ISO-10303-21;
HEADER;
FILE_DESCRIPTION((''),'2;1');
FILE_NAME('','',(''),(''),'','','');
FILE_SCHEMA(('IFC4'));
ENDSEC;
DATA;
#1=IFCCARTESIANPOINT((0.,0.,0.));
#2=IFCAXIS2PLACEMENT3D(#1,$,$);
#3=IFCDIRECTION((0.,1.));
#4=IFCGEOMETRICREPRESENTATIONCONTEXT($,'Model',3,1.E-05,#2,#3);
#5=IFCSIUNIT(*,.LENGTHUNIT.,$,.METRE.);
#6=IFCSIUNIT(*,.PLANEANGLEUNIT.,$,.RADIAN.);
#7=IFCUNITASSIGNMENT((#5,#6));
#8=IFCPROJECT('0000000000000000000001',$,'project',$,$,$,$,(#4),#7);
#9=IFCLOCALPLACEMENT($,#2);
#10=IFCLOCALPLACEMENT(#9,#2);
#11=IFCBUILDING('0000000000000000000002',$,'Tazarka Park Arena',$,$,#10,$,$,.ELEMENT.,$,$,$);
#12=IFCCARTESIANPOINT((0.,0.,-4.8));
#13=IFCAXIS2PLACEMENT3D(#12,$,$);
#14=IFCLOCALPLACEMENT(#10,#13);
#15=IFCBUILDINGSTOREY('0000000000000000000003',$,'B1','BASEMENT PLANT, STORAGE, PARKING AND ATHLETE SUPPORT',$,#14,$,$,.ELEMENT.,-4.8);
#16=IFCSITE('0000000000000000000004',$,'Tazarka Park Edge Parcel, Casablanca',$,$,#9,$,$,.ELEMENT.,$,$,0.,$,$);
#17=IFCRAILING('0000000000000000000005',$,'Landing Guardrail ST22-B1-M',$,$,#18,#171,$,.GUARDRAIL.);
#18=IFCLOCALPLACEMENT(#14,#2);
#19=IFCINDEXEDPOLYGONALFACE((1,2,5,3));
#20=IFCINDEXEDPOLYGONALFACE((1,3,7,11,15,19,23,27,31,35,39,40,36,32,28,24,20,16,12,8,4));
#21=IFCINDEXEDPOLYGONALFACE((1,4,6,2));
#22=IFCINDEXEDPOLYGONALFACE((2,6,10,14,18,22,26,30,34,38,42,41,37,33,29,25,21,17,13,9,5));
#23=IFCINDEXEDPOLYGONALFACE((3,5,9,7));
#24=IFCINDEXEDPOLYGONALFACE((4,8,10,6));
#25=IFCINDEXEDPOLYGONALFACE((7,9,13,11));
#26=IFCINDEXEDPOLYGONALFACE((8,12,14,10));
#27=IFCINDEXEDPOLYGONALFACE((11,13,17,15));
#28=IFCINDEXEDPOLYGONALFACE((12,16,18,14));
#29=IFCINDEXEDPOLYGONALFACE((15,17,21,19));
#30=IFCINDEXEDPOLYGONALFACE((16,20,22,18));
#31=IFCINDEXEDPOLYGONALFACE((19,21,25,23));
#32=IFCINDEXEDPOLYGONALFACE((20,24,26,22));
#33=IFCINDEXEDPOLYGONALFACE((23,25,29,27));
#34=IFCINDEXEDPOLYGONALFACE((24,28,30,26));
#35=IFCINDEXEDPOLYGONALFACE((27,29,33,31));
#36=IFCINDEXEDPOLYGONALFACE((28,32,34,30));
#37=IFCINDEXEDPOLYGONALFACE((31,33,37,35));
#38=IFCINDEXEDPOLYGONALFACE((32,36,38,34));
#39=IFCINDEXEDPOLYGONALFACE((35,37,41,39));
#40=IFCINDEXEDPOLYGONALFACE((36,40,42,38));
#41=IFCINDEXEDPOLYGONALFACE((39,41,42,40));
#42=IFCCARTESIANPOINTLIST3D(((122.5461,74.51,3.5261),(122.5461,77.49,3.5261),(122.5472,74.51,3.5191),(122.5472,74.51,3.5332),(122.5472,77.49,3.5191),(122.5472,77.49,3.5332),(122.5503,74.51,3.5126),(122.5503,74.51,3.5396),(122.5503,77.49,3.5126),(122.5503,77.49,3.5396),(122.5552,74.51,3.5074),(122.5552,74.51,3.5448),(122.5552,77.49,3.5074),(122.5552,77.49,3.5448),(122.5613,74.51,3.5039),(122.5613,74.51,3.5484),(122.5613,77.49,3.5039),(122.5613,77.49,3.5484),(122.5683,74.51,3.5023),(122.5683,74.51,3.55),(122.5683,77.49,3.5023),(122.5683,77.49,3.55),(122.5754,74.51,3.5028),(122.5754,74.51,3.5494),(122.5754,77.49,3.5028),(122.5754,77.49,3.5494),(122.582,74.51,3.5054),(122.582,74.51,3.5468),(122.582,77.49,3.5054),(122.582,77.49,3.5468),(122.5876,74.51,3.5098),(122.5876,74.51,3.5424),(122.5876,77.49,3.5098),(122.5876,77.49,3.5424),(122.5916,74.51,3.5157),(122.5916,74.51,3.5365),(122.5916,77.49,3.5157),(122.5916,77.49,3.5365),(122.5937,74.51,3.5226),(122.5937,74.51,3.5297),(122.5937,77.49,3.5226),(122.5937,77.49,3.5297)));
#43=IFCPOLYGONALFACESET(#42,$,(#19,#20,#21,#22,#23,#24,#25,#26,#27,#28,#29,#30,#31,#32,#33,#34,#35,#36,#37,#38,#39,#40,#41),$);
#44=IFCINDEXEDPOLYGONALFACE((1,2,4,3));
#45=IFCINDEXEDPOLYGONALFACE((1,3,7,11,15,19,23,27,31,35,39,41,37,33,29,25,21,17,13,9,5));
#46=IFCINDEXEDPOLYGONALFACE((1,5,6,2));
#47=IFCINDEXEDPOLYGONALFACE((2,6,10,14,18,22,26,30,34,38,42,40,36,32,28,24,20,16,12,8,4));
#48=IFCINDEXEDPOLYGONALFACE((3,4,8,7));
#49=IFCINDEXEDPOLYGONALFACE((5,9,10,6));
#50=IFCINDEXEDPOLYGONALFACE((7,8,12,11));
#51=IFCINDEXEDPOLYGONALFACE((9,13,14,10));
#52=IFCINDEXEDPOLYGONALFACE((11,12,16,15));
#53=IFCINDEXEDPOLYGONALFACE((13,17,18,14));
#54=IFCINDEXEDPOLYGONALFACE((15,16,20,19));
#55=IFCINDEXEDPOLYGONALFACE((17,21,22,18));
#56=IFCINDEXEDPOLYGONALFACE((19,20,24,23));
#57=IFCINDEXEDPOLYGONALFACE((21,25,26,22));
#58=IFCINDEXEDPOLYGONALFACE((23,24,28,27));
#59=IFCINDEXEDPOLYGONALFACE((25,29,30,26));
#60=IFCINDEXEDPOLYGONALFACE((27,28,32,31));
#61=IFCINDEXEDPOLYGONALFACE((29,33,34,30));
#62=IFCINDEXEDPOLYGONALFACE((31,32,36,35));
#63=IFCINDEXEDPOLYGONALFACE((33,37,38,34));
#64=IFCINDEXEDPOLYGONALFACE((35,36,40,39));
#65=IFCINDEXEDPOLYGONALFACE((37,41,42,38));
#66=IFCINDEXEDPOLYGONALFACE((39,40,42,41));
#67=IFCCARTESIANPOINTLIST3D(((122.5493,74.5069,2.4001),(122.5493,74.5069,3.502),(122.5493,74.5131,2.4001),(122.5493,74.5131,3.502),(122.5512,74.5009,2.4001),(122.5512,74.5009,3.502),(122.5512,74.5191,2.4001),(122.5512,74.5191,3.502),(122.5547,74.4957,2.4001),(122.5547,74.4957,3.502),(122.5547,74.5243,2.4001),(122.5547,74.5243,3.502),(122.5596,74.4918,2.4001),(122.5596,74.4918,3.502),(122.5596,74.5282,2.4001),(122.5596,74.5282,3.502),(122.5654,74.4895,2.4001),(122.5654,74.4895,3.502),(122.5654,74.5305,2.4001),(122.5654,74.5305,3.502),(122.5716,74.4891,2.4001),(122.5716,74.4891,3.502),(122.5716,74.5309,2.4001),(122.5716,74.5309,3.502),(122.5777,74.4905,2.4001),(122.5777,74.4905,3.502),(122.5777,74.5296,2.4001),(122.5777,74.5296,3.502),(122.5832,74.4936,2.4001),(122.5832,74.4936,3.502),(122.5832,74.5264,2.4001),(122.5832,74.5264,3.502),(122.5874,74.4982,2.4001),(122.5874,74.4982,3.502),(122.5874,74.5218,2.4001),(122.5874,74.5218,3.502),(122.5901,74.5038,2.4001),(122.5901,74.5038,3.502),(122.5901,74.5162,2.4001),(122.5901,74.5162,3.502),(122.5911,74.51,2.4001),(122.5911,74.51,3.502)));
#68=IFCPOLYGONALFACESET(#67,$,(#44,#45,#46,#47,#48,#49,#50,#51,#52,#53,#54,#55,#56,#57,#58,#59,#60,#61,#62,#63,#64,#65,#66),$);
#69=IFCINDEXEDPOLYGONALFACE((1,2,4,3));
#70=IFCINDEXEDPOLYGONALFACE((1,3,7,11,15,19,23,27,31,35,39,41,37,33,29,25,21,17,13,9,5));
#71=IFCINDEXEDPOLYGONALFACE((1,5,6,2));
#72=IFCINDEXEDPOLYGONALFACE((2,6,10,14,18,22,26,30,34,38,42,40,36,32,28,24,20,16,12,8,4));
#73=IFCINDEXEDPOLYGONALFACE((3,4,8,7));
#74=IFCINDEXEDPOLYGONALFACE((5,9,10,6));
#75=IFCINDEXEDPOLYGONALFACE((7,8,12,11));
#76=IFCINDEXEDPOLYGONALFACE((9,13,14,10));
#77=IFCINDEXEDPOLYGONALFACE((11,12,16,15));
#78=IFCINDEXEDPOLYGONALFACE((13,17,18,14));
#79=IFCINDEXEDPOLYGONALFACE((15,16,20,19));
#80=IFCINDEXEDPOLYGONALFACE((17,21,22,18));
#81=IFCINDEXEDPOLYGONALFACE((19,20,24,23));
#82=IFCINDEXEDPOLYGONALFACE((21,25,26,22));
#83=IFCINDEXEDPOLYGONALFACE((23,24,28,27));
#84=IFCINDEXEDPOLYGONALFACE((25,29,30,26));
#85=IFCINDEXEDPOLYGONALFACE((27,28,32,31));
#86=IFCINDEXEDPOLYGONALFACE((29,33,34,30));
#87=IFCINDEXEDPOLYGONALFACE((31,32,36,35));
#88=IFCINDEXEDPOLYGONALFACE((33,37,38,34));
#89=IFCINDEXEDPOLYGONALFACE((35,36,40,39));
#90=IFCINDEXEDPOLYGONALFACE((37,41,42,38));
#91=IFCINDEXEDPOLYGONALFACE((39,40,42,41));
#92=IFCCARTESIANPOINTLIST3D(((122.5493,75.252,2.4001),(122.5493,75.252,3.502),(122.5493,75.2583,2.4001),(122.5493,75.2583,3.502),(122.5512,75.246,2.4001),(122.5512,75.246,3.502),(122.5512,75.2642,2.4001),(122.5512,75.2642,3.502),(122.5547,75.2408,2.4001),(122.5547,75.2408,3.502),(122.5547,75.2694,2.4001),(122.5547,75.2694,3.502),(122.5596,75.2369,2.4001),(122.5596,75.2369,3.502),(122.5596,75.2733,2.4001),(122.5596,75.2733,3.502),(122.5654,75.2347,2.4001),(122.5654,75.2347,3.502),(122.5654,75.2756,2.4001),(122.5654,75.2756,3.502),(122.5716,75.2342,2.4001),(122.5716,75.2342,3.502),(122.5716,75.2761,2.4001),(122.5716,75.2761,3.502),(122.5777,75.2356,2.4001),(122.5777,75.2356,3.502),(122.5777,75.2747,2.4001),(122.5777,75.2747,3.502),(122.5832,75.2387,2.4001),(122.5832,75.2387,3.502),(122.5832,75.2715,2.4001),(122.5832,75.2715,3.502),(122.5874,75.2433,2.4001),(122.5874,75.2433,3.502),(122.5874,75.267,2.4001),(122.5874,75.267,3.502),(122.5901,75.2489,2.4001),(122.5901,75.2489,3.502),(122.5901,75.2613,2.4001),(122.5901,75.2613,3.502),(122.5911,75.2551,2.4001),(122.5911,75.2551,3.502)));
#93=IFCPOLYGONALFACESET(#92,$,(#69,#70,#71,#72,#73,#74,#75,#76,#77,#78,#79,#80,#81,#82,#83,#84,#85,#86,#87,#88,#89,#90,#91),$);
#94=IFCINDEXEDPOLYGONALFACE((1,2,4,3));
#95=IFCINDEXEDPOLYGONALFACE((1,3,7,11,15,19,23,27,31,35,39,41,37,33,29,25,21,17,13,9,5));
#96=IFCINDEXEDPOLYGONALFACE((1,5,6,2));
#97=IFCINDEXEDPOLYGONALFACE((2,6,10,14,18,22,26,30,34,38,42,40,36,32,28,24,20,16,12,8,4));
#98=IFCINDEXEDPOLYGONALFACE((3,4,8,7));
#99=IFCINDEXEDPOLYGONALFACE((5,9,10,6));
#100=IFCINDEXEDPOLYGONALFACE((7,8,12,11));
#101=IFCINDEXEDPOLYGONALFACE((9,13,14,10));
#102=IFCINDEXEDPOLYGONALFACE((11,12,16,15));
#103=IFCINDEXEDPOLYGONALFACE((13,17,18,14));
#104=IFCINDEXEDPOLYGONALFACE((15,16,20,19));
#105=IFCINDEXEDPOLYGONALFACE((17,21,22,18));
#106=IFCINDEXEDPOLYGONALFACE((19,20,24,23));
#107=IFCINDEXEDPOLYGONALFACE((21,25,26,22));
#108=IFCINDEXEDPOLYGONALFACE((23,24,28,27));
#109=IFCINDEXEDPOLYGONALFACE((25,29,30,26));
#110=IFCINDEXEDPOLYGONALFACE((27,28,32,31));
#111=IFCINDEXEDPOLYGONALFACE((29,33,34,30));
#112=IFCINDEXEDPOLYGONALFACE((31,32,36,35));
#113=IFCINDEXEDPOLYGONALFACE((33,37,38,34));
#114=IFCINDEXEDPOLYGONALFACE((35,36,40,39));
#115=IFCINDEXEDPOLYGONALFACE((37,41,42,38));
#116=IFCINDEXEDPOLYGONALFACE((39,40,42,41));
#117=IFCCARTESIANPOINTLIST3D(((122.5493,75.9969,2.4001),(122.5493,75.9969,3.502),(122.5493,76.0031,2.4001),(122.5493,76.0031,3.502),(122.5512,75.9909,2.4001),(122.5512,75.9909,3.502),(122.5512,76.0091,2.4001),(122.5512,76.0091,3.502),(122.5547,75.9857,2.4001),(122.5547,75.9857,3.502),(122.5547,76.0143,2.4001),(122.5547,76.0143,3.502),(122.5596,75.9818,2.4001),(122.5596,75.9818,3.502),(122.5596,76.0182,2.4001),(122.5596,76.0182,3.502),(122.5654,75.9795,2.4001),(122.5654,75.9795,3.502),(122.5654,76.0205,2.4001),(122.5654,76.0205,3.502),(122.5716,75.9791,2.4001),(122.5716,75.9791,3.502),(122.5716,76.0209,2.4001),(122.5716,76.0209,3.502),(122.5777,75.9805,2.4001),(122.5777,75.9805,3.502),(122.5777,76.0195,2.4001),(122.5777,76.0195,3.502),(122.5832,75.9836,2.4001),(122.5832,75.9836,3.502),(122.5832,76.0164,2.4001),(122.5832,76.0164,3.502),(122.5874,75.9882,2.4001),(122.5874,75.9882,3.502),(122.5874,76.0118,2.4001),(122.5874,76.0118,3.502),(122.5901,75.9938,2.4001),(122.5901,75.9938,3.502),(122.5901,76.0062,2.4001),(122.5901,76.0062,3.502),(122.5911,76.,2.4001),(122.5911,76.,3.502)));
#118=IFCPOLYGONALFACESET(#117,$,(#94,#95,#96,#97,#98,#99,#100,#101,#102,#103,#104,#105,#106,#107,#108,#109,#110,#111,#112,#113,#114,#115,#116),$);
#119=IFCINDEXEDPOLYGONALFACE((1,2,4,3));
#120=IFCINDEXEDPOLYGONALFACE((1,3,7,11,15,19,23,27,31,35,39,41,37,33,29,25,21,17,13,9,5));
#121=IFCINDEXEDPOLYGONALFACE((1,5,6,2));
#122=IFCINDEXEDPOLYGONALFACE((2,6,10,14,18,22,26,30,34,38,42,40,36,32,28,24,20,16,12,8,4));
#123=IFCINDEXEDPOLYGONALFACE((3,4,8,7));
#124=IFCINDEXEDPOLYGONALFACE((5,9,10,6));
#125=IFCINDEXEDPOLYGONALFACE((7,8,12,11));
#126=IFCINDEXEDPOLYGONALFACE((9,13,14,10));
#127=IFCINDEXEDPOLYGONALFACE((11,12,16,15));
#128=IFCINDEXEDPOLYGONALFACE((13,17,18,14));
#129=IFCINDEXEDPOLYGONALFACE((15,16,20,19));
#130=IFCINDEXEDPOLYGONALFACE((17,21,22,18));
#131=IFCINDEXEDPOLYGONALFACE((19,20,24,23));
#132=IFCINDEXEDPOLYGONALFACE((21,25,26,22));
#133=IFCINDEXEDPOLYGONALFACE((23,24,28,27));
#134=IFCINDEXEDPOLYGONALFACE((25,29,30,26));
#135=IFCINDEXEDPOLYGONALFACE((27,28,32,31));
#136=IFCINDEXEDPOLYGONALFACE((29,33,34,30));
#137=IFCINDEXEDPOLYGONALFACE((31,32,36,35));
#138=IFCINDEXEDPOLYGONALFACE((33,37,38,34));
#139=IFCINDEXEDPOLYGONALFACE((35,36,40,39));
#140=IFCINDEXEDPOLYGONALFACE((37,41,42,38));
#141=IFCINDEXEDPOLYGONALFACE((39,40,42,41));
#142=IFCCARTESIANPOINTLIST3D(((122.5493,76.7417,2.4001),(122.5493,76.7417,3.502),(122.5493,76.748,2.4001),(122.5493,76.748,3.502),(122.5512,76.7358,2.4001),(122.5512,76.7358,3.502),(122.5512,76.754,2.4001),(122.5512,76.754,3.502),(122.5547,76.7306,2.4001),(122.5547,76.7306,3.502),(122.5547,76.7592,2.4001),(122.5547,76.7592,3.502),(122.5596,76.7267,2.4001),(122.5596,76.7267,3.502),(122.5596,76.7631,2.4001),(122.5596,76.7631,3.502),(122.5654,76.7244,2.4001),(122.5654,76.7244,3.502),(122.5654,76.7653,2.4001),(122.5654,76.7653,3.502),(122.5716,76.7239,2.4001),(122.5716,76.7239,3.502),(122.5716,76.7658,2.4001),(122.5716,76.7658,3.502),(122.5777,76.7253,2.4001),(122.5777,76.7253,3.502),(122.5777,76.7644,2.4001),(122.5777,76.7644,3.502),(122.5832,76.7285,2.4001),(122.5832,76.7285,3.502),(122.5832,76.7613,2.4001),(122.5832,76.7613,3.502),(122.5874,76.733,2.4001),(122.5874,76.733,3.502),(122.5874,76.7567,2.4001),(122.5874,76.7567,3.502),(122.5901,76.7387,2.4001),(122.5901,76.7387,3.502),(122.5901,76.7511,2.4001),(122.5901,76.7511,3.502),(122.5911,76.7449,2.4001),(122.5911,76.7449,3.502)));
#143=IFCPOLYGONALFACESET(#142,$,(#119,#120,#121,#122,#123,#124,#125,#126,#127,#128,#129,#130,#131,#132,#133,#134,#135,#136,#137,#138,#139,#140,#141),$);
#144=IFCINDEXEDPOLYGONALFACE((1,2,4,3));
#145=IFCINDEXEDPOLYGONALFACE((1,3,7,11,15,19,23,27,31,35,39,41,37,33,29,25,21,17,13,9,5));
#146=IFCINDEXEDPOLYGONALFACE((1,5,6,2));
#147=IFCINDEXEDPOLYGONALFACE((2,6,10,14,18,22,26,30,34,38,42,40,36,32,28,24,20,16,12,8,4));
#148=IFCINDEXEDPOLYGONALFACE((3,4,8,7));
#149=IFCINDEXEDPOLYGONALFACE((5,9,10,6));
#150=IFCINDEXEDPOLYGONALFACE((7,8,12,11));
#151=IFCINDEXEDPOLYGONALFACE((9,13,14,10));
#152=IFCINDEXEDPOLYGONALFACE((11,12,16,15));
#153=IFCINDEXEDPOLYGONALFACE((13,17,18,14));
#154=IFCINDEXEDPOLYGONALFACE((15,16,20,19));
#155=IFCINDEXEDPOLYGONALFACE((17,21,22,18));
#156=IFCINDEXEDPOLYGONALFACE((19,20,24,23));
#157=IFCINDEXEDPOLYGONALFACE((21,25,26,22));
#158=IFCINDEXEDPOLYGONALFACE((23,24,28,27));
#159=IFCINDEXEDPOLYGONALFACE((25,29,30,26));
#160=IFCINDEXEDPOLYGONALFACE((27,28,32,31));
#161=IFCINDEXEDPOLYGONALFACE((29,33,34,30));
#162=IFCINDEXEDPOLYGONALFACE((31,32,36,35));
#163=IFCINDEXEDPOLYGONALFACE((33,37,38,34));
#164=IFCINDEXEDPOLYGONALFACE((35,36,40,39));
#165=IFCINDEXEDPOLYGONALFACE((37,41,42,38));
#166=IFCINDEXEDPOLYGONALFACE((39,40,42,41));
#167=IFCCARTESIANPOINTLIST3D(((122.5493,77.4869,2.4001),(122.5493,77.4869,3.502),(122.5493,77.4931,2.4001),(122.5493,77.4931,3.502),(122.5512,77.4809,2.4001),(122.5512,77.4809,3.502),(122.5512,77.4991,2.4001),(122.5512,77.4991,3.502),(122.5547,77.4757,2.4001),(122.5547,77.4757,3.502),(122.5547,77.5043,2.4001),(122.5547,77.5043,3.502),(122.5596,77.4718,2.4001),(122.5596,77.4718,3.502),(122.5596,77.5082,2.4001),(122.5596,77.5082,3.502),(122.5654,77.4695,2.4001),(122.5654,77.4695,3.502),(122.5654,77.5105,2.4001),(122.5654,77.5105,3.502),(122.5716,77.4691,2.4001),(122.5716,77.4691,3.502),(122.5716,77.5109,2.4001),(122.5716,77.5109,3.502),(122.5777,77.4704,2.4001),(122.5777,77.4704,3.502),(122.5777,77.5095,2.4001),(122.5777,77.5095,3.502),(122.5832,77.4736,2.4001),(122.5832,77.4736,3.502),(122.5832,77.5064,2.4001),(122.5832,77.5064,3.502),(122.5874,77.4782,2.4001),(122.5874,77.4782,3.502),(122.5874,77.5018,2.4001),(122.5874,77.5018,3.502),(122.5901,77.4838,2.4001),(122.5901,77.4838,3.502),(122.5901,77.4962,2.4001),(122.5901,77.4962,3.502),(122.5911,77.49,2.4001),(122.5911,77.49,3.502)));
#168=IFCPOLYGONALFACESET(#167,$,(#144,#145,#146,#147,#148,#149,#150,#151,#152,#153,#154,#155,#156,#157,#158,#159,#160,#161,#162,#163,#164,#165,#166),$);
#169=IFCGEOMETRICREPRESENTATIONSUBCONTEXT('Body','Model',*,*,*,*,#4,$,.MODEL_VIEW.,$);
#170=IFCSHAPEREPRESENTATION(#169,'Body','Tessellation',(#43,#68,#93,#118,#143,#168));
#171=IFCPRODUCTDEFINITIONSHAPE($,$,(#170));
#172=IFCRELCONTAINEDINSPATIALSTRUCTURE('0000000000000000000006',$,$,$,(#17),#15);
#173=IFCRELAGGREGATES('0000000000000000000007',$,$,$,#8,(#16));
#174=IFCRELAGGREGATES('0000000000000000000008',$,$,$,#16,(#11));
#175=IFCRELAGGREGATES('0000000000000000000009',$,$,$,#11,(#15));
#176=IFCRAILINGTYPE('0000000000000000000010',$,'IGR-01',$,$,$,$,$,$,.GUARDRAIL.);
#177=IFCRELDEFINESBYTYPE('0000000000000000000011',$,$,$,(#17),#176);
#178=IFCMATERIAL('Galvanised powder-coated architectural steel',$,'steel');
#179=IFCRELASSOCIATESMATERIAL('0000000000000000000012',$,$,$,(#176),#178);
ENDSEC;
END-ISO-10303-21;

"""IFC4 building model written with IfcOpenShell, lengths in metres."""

from ifc_helpers import new_model, si_unit, direction, frame, origin, origin_2d, place, context, subcontext, project, spatial, circle, extrude, material, type_object, element, save


model = new_model("IFC4")

# Units and contexts
model_context = context("Model", 3, precision=1e-05, world=origin(), true_north=direction((0.0, 1.0)))
body_context = subcontext(model_context, "Body", "Model", "MODEL_VIEW")
ifc_project = project(units=[si_unit("LENGTHUNIT", "METRE"), si_unit("PLANEANGLEUNIT", "RADIAN")], contexts=[model_context])

# Site, building, storey
site_placement = place(None, origin())
site = spatial("IfcSite", under=ifc_project, at=site_placement, Name="Tazarka Park Edge Parcel, Casablanca", CompositionType="ELEMENT", RefElevation=0.0)
building_placement = place(site_placement, origin())
building = spatial("IfcBuilding", under=site, at=building_placement, Name="Tazarka Park Arena", CompositionType="ELEMENT")
storey_placement = place(building_placement, frame((0.0, 0.0, -4.8)))
storey = spatial("IfcBuildingStorey", under=building, at=storey_placement, Name="B1", Description="BASEMENT PLANT, STORAGE, PARKING AND ATHLETE SUPPORT", CompositionType="ELEMENT", Elevation=-4.8)

# Railing
ifc_material_1 = material(Name="Galvanised powder-coated architectural steel", Category="steel")
railing_type_1 = type_object("IfcRailingType", Name="IGR-01", PredefinedType="GUARDRAIL", material=ifc_material_1)
railing_1_placement = place(storey_placement, frame((122.5701, 74.51, 2.4001)))
element("IfcRailing", 1, at=railing_1_placement, inside=storey, type_object=railing_type_1, Name="Landing Guardrail ST22-B1-M", PredefinedType="GUARDRAIL", context=body_context, shape_type="SweptSolid", body=[
    extrude(circle(Radius=0.0239, at=origin_2d()), frame((0.0, 0.0, 1.126), z_axis=(0.0, 1.0, 0.0), x_axis=(-1.0, 0.0, 0.0)), (0.0, 0.0, 1.0), 2.98),
    extrude(circle(Radius=0.021, at=origin_2d()), origin(), (0.0, 0.0, 1.0), 1.1018),
    extrude(circle(Radius=0.021, at=origin_2d()), frame((0.0, 0.7451, 0.0)), (0.0, 0.0, 1.0), 1.1018),
    extrude(circle(Radius=0.021, at=origin_2d()), frame((0.0, 1.49, 0.0)), (0.0, 0.0, 1.0), 1.1018),
    extrude(circle(Radius=0.021, at=origin_2d()), frame((0.0, 2.2349, 0.0)), (0.0, 0.0, 1.0), 1.1018),
    extrude(circle(Radius=0.021, at=origin_2d()), frame((0.0, 2.98, 0.0)), (0.0, 0.0, 1.0), 1.1018),
])

save(model, "model.ifc")
